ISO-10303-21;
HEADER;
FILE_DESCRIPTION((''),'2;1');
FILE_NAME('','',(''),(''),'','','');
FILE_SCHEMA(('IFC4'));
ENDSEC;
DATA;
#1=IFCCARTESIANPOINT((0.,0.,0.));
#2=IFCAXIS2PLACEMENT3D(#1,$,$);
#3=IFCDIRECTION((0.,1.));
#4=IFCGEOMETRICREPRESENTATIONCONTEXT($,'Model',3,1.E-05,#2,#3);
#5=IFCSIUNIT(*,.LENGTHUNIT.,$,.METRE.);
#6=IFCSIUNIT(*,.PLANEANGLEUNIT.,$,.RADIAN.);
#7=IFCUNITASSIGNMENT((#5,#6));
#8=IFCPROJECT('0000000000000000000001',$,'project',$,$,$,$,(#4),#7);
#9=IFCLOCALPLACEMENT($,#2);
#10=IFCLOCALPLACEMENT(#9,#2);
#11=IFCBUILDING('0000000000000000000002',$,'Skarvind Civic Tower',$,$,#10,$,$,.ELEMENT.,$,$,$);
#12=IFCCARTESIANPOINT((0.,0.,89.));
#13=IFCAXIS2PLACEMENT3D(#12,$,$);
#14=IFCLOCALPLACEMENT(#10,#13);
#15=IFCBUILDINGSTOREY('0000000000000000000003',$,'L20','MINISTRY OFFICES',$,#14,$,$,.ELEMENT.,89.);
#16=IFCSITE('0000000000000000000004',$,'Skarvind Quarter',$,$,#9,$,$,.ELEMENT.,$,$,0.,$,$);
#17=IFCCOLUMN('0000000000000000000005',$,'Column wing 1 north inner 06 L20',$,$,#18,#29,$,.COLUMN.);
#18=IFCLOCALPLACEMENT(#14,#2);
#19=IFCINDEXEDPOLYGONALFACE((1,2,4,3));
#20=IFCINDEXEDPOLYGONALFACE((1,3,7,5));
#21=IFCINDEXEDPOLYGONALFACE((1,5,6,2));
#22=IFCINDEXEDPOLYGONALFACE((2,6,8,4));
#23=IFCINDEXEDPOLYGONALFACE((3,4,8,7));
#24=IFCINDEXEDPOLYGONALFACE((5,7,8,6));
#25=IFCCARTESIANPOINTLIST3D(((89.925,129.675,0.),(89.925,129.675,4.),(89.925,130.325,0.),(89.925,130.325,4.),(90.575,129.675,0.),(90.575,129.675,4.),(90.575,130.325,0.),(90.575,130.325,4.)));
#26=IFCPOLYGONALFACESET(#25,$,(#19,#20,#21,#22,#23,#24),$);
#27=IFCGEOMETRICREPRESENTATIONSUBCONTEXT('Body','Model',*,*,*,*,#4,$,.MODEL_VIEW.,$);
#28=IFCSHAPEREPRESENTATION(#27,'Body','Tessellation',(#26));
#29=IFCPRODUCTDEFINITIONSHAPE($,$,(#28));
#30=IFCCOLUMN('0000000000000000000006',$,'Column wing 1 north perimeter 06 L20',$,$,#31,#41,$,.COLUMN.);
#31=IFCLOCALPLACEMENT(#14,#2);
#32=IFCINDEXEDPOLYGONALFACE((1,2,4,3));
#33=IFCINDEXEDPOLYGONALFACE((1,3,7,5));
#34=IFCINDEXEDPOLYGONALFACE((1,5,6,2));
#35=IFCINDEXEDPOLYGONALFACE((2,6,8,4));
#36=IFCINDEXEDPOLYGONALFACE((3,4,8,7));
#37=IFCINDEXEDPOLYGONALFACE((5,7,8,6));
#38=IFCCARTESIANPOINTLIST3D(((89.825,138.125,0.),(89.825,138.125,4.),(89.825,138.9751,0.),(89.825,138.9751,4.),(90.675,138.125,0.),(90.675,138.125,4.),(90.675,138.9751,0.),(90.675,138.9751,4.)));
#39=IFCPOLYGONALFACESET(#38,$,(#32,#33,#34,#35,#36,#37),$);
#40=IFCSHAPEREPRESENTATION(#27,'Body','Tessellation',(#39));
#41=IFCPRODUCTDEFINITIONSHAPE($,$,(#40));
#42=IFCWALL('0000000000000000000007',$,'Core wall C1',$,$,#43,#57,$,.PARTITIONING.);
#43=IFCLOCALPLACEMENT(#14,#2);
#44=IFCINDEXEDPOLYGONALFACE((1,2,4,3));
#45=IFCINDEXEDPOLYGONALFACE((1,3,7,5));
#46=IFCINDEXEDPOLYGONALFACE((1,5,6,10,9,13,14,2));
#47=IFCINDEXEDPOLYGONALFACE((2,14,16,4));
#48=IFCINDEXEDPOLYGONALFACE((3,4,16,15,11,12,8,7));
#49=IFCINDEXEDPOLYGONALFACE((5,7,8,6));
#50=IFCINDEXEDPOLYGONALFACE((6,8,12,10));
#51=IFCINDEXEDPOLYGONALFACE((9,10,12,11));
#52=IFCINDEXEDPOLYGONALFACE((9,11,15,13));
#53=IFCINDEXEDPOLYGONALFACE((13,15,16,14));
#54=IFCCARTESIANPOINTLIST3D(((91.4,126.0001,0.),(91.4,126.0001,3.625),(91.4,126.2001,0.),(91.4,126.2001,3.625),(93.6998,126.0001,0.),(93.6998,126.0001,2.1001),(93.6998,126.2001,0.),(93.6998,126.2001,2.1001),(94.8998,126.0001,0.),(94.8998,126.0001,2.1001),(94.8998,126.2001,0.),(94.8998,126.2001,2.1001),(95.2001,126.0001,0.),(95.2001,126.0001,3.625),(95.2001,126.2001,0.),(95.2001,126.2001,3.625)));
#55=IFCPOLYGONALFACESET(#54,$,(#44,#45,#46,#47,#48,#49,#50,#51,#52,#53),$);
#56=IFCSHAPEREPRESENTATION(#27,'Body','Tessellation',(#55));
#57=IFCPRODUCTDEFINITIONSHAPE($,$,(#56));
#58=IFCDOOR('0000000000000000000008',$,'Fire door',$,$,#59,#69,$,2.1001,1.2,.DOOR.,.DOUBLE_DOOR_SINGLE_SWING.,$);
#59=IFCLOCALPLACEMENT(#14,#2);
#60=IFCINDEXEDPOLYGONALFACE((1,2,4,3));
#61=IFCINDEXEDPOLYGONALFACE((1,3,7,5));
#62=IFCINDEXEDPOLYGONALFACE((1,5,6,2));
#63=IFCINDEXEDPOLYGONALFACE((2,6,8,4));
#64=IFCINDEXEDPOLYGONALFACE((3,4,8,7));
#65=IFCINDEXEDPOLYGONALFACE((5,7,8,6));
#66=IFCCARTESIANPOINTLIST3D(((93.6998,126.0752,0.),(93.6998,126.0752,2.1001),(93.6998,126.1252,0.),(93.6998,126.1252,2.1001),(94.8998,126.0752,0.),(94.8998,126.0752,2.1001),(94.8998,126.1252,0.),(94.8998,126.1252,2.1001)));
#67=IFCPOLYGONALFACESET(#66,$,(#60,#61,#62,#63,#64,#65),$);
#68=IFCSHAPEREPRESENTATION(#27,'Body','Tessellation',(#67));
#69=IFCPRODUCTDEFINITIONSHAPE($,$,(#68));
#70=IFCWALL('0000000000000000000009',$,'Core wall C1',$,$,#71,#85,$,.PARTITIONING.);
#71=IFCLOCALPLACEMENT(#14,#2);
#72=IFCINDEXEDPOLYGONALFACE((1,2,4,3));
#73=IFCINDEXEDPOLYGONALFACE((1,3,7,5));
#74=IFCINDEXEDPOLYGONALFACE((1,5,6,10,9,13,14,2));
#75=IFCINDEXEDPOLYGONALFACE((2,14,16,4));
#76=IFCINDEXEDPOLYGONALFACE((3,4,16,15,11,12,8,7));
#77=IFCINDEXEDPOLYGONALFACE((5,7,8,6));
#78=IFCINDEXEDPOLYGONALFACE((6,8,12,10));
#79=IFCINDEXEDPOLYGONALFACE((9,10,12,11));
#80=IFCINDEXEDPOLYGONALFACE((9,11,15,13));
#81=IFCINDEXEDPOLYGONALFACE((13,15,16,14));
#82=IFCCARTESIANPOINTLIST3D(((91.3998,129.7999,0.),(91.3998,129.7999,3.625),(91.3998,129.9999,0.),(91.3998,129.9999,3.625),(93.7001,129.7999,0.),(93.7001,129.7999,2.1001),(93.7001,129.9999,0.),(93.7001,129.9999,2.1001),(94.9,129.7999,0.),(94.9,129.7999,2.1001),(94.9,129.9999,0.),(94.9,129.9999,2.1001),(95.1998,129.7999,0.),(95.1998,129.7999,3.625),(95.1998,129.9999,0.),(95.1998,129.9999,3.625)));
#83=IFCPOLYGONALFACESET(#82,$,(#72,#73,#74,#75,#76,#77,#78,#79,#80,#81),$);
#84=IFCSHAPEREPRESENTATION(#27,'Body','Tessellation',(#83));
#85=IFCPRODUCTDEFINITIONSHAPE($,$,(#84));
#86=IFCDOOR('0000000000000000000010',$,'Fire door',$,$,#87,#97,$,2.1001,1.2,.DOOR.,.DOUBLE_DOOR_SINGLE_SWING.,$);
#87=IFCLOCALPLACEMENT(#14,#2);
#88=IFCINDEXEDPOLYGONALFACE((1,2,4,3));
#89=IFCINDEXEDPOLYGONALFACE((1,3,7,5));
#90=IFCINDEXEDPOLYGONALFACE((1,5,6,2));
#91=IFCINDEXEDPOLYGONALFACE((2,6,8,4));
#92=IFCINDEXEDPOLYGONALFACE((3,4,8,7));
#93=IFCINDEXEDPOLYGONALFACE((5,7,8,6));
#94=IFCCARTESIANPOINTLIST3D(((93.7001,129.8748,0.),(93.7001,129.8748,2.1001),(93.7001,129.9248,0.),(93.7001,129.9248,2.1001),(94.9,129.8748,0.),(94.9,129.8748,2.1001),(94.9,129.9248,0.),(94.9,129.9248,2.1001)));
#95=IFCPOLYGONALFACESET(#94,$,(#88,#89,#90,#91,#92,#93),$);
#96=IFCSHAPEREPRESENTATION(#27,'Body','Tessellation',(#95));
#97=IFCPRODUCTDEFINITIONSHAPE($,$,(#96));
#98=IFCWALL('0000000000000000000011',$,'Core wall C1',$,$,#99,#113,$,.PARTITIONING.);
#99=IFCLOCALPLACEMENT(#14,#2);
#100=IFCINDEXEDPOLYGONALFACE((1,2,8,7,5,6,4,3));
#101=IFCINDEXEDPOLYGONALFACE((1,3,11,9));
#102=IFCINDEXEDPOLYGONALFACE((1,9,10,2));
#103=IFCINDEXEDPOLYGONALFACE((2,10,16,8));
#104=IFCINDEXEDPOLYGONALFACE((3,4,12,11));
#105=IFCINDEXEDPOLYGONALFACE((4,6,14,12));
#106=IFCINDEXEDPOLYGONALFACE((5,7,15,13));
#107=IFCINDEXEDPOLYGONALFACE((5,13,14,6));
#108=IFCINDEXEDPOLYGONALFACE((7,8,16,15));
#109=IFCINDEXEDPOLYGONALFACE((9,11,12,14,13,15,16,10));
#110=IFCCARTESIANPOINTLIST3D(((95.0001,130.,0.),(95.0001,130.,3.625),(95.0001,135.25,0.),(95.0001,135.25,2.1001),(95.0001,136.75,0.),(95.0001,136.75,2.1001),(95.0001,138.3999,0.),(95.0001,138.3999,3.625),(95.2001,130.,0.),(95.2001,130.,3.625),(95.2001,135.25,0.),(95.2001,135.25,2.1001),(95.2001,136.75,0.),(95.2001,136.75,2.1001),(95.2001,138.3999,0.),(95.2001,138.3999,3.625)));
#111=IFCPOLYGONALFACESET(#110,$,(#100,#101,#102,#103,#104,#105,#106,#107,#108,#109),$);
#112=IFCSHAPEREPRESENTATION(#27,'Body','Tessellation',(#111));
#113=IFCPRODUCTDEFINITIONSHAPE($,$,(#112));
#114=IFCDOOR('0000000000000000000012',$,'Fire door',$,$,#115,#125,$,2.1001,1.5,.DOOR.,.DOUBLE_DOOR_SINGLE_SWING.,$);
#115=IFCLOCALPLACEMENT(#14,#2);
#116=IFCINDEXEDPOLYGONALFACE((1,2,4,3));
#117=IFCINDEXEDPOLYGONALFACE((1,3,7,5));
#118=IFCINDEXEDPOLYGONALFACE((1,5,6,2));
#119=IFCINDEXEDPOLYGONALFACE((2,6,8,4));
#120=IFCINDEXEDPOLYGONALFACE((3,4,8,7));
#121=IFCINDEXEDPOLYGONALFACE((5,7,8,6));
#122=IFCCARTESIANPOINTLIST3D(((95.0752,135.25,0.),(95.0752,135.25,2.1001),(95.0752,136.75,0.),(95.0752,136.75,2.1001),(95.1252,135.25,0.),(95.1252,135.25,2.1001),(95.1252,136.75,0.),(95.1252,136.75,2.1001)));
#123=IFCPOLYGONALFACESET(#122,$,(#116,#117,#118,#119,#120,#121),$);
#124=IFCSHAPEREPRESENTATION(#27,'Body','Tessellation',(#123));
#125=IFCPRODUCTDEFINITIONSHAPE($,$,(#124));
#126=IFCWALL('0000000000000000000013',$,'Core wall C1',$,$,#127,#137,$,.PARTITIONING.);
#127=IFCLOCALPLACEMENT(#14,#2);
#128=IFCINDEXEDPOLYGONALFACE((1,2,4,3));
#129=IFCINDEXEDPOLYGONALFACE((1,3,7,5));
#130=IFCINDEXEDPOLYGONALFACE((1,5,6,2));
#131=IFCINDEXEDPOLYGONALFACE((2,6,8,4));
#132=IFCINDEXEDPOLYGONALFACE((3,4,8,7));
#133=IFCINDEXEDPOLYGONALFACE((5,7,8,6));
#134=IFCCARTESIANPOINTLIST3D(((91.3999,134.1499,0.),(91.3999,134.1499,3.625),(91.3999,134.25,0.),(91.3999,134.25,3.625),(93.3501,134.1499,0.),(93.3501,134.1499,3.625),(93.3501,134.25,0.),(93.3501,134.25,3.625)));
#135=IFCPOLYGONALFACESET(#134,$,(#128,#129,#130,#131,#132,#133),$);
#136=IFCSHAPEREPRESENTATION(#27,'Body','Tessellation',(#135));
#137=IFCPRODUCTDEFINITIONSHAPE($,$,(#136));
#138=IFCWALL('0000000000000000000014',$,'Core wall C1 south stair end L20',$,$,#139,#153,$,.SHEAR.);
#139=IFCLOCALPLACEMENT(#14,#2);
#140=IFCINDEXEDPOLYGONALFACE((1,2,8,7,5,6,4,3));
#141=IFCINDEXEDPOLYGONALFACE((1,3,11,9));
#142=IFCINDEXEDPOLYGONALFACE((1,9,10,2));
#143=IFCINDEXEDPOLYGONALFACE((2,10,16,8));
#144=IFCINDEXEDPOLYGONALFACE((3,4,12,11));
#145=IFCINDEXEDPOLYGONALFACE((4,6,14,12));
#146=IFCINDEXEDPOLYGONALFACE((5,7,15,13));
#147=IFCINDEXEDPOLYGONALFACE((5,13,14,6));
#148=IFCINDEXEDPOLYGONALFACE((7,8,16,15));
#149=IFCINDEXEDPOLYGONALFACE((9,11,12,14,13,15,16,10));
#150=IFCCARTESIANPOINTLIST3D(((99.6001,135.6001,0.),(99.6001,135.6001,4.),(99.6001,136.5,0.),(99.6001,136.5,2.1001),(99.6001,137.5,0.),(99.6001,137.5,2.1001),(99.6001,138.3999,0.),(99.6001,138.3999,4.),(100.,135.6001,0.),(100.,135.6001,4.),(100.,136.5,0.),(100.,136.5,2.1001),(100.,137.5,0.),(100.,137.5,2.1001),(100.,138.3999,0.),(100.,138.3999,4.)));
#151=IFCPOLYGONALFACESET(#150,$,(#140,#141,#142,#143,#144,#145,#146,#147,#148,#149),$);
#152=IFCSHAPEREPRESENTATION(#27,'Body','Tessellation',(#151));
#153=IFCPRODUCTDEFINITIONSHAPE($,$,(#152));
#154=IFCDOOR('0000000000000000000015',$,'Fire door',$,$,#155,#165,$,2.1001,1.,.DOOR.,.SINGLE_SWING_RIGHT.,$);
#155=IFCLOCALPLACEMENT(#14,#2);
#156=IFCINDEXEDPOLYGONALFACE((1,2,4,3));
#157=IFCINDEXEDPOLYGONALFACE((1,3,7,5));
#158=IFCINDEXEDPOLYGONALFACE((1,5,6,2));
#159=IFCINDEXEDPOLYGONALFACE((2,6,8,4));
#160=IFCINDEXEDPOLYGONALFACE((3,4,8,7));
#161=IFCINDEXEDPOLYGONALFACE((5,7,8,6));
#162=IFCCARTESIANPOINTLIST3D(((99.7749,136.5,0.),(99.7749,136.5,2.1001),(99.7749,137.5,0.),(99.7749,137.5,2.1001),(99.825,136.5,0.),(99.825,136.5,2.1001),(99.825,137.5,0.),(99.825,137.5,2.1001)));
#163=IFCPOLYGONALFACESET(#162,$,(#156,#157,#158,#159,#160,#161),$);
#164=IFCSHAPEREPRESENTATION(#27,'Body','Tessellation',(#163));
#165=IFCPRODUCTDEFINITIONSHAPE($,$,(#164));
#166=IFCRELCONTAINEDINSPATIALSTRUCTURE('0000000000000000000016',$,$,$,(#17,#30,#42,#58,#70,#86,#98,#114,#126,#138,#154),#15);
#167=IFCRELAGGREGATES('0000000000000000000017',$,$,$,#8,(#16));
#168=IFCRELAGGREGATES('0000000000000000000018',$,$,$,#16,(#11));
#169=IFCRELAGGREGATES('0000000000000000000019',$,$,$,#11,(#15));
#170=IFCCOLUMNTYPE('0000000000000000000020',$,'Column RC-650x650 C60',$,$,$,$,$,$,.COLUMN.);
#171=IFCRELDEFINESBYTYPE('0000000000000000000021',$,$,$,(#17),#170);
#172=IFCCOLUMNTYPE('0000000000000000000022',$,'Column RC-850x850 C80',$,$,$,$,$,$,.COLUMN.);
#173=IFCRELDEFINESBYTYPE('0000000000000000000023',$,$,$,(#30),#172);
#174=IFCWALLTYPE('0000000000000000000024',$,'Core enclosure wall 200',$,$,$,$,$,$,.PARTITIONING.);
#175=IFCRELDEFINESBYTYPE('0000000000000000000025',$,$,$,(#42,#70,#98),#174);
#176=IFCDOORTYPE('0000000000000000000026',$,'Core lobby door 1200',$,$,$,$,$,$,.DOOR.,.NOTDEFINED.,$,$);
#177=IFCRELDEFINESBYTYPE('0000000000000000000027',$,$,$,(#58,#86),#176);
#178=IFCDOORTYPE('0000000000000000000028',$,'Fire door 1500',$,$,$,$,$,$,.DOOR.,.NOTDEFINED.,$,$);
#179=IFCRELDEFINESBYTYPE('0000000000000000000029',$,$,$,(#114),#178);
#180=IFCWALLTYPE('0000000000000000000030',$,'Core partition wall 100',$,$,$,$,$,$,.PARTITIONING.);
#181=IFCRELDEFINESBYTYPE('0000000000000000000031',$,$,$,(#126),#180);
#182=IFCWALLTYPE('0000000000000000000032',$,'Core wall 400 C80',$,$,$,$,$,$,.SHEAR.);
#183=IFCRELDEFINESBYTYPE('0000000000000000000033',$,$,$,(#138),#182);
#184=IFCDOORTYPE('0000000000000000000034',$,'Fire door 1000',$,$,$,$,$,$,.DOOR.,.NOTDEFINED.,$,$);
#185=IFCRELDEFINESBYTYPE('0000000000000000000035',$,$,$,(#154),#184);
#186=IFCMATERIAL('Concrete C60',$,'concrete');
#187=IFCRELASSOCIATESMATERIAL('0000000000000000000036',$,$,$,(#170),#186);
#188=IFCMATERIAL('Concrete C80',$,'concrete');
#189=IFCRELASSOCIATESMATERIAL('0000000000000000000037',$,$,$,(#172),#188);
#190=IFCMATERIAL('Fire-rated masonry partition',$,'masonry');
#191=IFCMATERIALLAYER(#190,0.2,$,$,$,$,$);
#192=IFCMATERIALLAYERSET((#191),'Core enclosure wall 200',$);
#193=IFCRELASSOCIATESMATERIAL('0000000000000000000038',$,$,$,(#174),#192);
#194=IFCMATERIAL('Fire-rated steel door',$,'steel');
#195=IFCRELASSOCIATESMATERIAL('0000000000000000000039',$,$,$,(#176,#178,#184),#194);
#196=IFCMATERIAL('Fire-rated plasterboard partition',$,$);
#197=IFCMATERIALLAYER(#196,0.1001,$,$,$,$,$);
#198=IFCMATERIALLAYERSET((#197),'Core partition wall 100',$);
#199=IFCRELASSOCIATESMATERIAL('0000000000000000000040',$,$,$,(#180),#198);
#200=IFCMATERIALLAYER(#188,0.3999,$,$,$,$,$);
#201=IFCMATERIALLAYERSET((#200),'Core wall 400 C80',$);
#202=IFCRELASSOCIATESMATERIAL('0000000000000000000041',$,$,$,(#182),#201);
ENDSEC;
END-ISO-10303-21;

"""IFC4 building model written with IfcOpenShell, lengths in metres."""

from ifc_helpers import new_model, si_unit, direction, frame, frame_2d, origin, origin_2d, place, context, subcontext, project, spatial, rectangle, extrude, material, layer, layer_set, material_profile, profile_set, type_object, element, fill, save


model = new_model("IFC4")

# Units and contexts
model_context = context("Model", 3, precision=1e-05, world=origin(), true_north=direction((0.0, 1.0)))
body_context = subcontext(model_context, "Body", "Model", "MODEL_VIEW")
ifc_project = project(units=[si_unit("LENGTHUNIT", "METRE"), si_unit("PLANEANGLEUNIT", "RADIAN")], contexts=[model_context])

# Site, building, storey
site_placement = place(None, origin())
site = spatial("IfcSite", under=ifc_project, at=site_placement, Name="Skarvind Quarter", CompositionType="ELEMENT", RefElevation=0.0)
building_placement = place(site_placement, origin())
building = spatial("IfcBuilding", under=site, at=building_placement, Name="Skarvind Civic Tower", CompositionType="ELEMENT")
storey_placement = place(building_placement, frame((0.0, 0.0, 89.0)))
storey = spatial("IfcBuildingStorey", under=building, at=storey_placement, Name="L20", Description="MINISTRY OFFICES", CompositionType="ELEMENT", Elevation=89.0)

# Columns
ifc_material_1 = material(Name="Concrete C60", Category="concrete")
ifc_material_profile_1 = material_profile(ifc_material_1, rectangle(XDim=0.6499, YDim=0.6499, at=origin_2d()), Name="RC-650x650")
ifc_profile_set_1 = profile_set([ifc_material_profile_1], Name="Concrete C60")
column_type_1 = type_object("IfcColumnType", Name="Column RC-650x650 C60", PredefinedType="COLUMN", material=ifc_profile_set_1)
column_1_placement = place(storey_placement, frame((90.25, 130.0, 0.0), z_axis=(0.0, 0.0, 1.0), x_axis=(1.0, 0.0, 0.0)))
element("IfcColumn", 1, at=column_1_placement, inside=storey, type_object=column_type_1, Name="Column wing 1 north inner 06 L20", PredefinedType="COLUMN", context=body_context, shape_type="SweptSolid", body=[
    extrude(rectangle(XDim=0.6499, YDim=0.6499, at=origin_2d()), origin(), (0.0, 0.0, 1.0), 4.0),
])
ifc_material_2 = material(Name="Concrete C80", Category="concrete")
ifc_material_profile_2 = material_profile(ifc_material_2, rectangle(XDim=0.8501, YDim=0.8501, at=origin_2d()), Name="RC-850x850")
ifc_profile_set_2 = profile_set([ifc_material_profile_2], Name="Concrete C80")
column_type_2 = type_object("IfcColumnType", Name="Column RC-850x850 C80", PredefinedType="COLUMN", material=ifc_profile_set_2)
column_2_placement = place(storey_placement, frame((90.25, 138.55, 0.0), z_axis=(0.0, 0.0, 1.0), x_axis=(1.0, 0.0, 0.0)))
element("IfcColumn", 2, at=column_2_placement, inside=storey, type_object=column_type_2, Name="Column wing 1 north perimeter 06 L20", PredefinedType="COLUMN", context=body_context, shape_type="SweptSolid", body=[
    extrude(rectangle(XDim=0.8501, YDim=0.8501, at=origin_2d()), origin(), (0.0, 0.0, 1.0), 4.0),
])

# Walls, openings, doors
ifc_material_3 = material(Name="Fire-rated masonry partition", Category="masonry")
ifc_layer_1 = layer(ifc_material_3, 0.2)
ifc_layer_set_1 = layer_set([ifc_layer_1], Name="Core enclosure wall 200")
wall_type_1 = type_object("IfcWallType", Name="Core enclosure wall 200", PredefinedType="PARTITIONING", material=ifc_layer_set_1)
wall_1_placement = place(storey_placement, frame((95.2, 126.1001, 0.0), z_axis=(0.0, 0.0, 1.0), x_axis=(-1.0, 0.0, 0.0)))
wall_1 = element("IfcWall", 3, at=wall_1_placement, inside=storey, type_object=wall_type_1, Name="Core wall C1", PredefinedType="PARTITIONING", context=body_context, shape_type="SweptSolid", body=[
    extrude(rectangle(XDim=3.8, YDim=0.2, at=frame_2d((1.8999, 0.0))), origin(), (0.0, 0.0, 1.0), 3.625),
])
opening_1_placement = place(wall_1_placement, frame((0.3, 0.0, 0.0)))
opening_1 = element("IfcOpeningElement", 4, at=opening_1_placement, cuts=wall_1, PredefinedType="OPENING", context=body_context, shape_type="SweptSolid", body=[
    extrude(rectangle(XDim=1.2, YDim=2.1001, at=frame_2d((0.6001, 1.05))), frame((0.0, 0.1099, 0.0), z_axis=(0.0, -1.0, 0.0), x_axis=(1.0, 0.0, 0.0)), (0.0, 0.0, 1.0), 0.22),
])
ifc_material_4 = material(Name="Fire-rated steel door", Category="steel")
door_type_1 = type_object("IfcDoorType", Name="Core lobby door 1200", OperationType="NOTDEFINED", PredefinedType="DOOR", material=ifc_material_4)
door_1_placement = place(opening_1_placement, origin())
door_1 = element("IfcDoor", 5, at=door_1_placement, inside=storey, type_object=door_type_1, Name="Fire door", OperationType="DOUBLE_DOOR_SINGLE_SWING", OverallHeight=2.1001, OverallWidth=1.2, PredefinedType="DOOR", context=body_context, shape_type="SweptSolid", body=[
    extrude(rectangle(XDim=1.2, YDim=2.1001, at=frame_2d((0.6001, 1.05))), frame((0.0, 0.0249, 0.0), z_axis=(0.0, -1.0, 0.0), x_axis=(1.0, 0.0, 0.0)), (0.0, 0.0, 1.0), 0.05),
])
fill(opening_1, door_1)
wall_2_placement = place(storey_placement, frame((91.3999, 129.8999, 0.0), z_axis=(0.0, 0.0, 1.0), x_axis=(1.0, 0.0, 0.0)))
wall_2 = element("IfcWall", 6, at=wall_2_placement, inside=storey, type_object=wall_type_1, Name="Core wall C1", PredefinedType="PARTITIONING", context=body_context, shape_type="SweptSolid", body=[
    extrude(rectangle(XDim=3.8, YDim=0.2, at=frame_2d((1.8999, 0.0))), origin(), (0.0, 0.0, 1.0), 3.625),
])
opening_2_placement = place(wall_2_placement, frame((2.3, 0.0, 0.0)))
opening_2 = element("IfcOpeningElement", 7, at=opening_2_placement, cuts=wall_2, PredefinedType="OPENING", context=body_context, shape_type="SweptSolid", body=[
    extrude(rectangle(XDim=1.2, YDim=2.1001, at=frame_2d((0.6001, 1.05))), frame((0.0, 0.1099, 0.0), z_axis=(0.0, -1.0, 0.0), x_axis=(1.0, 0.0, 0.0)), (0.0, 0.0, 1.0), 0.22),
])
door_2_placement = place(opening_2_placement, origin())
door_2 = element("IfcDoor", 8, at=door_2_placement, inside=storey, type_object=door_type_1, Name="Fire door", OperationType="DOUBLE_DOOR_SINGLE_SWING", OverallHeight=2.1001, OverallWidth=1.2, PredefinedType="DOOR", context=body_context, shape_type="SweptSolid", body=[
    extrude(rectangle(XDim=1.2, YDim=2.1001, at=frame_2d((0.6001, 1.05))), frame((0.0, 0.0249, 0.0), z_axis=(0.0, -1.0, 0.0), x_axis=(1.0, 0.0, 0.0)), (0.0, 0.0, 1.0), 0.05),
])
fill(opening_2, door_2)
wall_3_placement = place(storey_placement, frame((95.1001, 130.0, 0.0), z_axis=(0.0, 0.0, 1.0), x_axis=(0.0, 1.0, 0.0)))
wall_3 = element("IfcWall", 9, at=wall_3_placement, inside=storey, type_object=wall_type_1, Name="Core wall C1", PredefinedType="PARTITIONING", context=body_context, shape_type="SweptSolid", body=[
    extrude(rectangle(XDim=8.3999, YDim=0.2, at=frame_2d((4.2, 0.0))), origin(), (0.0, 0.0, 1.0), 3.625),
])
opening_3_placement = place(wall_3_placement, frame((5.25, 0.0, 0.0)))
opening_3 = element("IfcOpeningElement", 10, at=opening_3_placement, cuts=wall_3, PredefinedType="OPENING", context=body_context, shape_type="SweptSolid", body=[
    extrude(rectangle(XDim=1.5, YDim=2.1001, at=frame_2d((0.75, 1.05))), frame((0.0, 0.1099, 0.0), z_axis=(0.0, -1.0, 0.0), x_axis=(1.0, 0.0, 0.0)), (0.0, 0.0, 1.0), 0.22),
])
door_type_2 = type_object("IfcDoorType", Name="Fire door 1500", OperationType="NOTDEFINED", PredefinedType="DOOR", material=ifc_material_4)
door_3_placement = place(opening_3_placement, origin())
door_3 = element("IfcDoor", 11, at=door_3_placement, inside=storey, type_object=door_type_2, Name="Fire door", OperationType="DOUBLE_DOOR_SINGLE_SWING", OverallHeight=2.1001, OverallWidth=1.5, PredefinedType="DOOR", context=body_context, shape_type="SweptSolid", body=[
    extrude(rectangle(XDim=1.5, YDim=2.1001, at=frame_2d((0.75, 1.05))), frame((0.0, 0.0249, 0.0), z_axis=(0.0, -1.0, 0.0), x_axis=(1.0, 0.0, 0.0)), (0.0, 0.0, 1.0), 0.05),
])
fill(opening_3, door_3)

# Wall
ifc_material_5 = material(Name="Fire-rated plasterboard partition")
ifc_layer_2 = layer(ifc_material_5, 0.1001)
ifc_layer_set_2 = layer_set([ifc_layer_2], Name="Core partition wall 100")
wall_type_2 = type_object("IfcWallType", Name="Core partition wall 100", PredefinedType="PARTITIONING", material=ifc_layer_set_2)
wall_4_placement = place(storey_placement, frame((91.3999, 134.2, 0.0), z_axis=(0.0, 0.0, 1.0), x_axis=(1.0, 0.0, 0.0)))
element("IfcWall", 12, at=wall_4_placement, inside=storey, type_object=wall_type_2, Name="Core wall C1", PredefinedType="PARTITIONING", context=body_context, shape_type="SweptSolid", body=[
    extrude(rectangle(XDim=1.9502, YDim=0.1001, at=frame_2d((0.9751, 0.0))), origin(), (0.0, 0.0, 1.0), 3.625),
])

# Wall, opening, door
ifc_layer_3 = layer(ifc_material_2, 0.3999)
ifc_layer_set_3 = layer_set([ifc_layer_3], Name="Core wall 400 C80")
wall_type_3 = type_object("IfcWallType", Name="Core wall 400 C80", PredefinedType="SHEAR", material=ifc_layer_set_3)
wall_5_placement = place(storey_placement, frame((99.8, 138.3999, 0.0), z_axis=(0.0, 0.0, 1.0), x_axis=(0.0, -1.0, 0.0)))
wall_5 = element("IfcWall", 13, at=wall_5_placement, inside=storey, type_object=wall_type_3, Name="Core wall C1 south stair end L20", PredefinedType="SHEAR", context=body_context, shape_type="SweptSolid", body=[
    extrude(rectangle(XDim=2.7998, YDim=0.3999, at=frame_2d((1.3999, 0.0))), origin(), (0.0, 0.0, 1.0), 4.0),
])
opening_4_placement = place(wall_5_placement, frame((0.8999, 0.0, 0.0)))
opening_4 = element("IfcOpeningElement", 14, at=opening_4_placement, cuts=wall_5, PredefinedType="OPENING", context=body_context, shape_type="SweptSolid", body=[
    extrude(rectangle(XDim=1.0, YDim=2.1001, at=frame_2d((0.5, 1.05))), frame((0.0, 0.21, 0.0), z_axis=(0.0, -1.0, 0.0), x_axis=(1.0, 0.0, 0.0)), (0.0, 0.0, 1.0), 0.4199),
])
door_type_3 = type_object("IfcDoorType", Name="Fire door 1000", OperationType="NOTDEFINED", PredefinedType="DOOR", material=ifc_material_4)
door_4_placement = place(opening_4_placement, origin())
door_4 = element("IfcDoor", 15, at=door_4_placement, inside=storey, type_object=door_type_3, Name="Fire door", OperationType="SINGLE_SWING_RIGHT", OverallHeight=2.1001, OverallWidth=1.0, PredefinedType="DOOR", context=body_context, shape_type="SweptSolid", body=[
    extrude(rectangle(XDim=1.0, YDim=2.1001, at=frame_2d((0.5, 1.05))), frame((0.0, 0.0249, 0.0), z_axis=(0.0, -1.0, 0.0), x_axis=(1.0, 0.0, 0.0)), (0.0, 0.0, 1.0), 0.05),
])
fill(opening_4, door_4)

save(model, "model.ifc")
